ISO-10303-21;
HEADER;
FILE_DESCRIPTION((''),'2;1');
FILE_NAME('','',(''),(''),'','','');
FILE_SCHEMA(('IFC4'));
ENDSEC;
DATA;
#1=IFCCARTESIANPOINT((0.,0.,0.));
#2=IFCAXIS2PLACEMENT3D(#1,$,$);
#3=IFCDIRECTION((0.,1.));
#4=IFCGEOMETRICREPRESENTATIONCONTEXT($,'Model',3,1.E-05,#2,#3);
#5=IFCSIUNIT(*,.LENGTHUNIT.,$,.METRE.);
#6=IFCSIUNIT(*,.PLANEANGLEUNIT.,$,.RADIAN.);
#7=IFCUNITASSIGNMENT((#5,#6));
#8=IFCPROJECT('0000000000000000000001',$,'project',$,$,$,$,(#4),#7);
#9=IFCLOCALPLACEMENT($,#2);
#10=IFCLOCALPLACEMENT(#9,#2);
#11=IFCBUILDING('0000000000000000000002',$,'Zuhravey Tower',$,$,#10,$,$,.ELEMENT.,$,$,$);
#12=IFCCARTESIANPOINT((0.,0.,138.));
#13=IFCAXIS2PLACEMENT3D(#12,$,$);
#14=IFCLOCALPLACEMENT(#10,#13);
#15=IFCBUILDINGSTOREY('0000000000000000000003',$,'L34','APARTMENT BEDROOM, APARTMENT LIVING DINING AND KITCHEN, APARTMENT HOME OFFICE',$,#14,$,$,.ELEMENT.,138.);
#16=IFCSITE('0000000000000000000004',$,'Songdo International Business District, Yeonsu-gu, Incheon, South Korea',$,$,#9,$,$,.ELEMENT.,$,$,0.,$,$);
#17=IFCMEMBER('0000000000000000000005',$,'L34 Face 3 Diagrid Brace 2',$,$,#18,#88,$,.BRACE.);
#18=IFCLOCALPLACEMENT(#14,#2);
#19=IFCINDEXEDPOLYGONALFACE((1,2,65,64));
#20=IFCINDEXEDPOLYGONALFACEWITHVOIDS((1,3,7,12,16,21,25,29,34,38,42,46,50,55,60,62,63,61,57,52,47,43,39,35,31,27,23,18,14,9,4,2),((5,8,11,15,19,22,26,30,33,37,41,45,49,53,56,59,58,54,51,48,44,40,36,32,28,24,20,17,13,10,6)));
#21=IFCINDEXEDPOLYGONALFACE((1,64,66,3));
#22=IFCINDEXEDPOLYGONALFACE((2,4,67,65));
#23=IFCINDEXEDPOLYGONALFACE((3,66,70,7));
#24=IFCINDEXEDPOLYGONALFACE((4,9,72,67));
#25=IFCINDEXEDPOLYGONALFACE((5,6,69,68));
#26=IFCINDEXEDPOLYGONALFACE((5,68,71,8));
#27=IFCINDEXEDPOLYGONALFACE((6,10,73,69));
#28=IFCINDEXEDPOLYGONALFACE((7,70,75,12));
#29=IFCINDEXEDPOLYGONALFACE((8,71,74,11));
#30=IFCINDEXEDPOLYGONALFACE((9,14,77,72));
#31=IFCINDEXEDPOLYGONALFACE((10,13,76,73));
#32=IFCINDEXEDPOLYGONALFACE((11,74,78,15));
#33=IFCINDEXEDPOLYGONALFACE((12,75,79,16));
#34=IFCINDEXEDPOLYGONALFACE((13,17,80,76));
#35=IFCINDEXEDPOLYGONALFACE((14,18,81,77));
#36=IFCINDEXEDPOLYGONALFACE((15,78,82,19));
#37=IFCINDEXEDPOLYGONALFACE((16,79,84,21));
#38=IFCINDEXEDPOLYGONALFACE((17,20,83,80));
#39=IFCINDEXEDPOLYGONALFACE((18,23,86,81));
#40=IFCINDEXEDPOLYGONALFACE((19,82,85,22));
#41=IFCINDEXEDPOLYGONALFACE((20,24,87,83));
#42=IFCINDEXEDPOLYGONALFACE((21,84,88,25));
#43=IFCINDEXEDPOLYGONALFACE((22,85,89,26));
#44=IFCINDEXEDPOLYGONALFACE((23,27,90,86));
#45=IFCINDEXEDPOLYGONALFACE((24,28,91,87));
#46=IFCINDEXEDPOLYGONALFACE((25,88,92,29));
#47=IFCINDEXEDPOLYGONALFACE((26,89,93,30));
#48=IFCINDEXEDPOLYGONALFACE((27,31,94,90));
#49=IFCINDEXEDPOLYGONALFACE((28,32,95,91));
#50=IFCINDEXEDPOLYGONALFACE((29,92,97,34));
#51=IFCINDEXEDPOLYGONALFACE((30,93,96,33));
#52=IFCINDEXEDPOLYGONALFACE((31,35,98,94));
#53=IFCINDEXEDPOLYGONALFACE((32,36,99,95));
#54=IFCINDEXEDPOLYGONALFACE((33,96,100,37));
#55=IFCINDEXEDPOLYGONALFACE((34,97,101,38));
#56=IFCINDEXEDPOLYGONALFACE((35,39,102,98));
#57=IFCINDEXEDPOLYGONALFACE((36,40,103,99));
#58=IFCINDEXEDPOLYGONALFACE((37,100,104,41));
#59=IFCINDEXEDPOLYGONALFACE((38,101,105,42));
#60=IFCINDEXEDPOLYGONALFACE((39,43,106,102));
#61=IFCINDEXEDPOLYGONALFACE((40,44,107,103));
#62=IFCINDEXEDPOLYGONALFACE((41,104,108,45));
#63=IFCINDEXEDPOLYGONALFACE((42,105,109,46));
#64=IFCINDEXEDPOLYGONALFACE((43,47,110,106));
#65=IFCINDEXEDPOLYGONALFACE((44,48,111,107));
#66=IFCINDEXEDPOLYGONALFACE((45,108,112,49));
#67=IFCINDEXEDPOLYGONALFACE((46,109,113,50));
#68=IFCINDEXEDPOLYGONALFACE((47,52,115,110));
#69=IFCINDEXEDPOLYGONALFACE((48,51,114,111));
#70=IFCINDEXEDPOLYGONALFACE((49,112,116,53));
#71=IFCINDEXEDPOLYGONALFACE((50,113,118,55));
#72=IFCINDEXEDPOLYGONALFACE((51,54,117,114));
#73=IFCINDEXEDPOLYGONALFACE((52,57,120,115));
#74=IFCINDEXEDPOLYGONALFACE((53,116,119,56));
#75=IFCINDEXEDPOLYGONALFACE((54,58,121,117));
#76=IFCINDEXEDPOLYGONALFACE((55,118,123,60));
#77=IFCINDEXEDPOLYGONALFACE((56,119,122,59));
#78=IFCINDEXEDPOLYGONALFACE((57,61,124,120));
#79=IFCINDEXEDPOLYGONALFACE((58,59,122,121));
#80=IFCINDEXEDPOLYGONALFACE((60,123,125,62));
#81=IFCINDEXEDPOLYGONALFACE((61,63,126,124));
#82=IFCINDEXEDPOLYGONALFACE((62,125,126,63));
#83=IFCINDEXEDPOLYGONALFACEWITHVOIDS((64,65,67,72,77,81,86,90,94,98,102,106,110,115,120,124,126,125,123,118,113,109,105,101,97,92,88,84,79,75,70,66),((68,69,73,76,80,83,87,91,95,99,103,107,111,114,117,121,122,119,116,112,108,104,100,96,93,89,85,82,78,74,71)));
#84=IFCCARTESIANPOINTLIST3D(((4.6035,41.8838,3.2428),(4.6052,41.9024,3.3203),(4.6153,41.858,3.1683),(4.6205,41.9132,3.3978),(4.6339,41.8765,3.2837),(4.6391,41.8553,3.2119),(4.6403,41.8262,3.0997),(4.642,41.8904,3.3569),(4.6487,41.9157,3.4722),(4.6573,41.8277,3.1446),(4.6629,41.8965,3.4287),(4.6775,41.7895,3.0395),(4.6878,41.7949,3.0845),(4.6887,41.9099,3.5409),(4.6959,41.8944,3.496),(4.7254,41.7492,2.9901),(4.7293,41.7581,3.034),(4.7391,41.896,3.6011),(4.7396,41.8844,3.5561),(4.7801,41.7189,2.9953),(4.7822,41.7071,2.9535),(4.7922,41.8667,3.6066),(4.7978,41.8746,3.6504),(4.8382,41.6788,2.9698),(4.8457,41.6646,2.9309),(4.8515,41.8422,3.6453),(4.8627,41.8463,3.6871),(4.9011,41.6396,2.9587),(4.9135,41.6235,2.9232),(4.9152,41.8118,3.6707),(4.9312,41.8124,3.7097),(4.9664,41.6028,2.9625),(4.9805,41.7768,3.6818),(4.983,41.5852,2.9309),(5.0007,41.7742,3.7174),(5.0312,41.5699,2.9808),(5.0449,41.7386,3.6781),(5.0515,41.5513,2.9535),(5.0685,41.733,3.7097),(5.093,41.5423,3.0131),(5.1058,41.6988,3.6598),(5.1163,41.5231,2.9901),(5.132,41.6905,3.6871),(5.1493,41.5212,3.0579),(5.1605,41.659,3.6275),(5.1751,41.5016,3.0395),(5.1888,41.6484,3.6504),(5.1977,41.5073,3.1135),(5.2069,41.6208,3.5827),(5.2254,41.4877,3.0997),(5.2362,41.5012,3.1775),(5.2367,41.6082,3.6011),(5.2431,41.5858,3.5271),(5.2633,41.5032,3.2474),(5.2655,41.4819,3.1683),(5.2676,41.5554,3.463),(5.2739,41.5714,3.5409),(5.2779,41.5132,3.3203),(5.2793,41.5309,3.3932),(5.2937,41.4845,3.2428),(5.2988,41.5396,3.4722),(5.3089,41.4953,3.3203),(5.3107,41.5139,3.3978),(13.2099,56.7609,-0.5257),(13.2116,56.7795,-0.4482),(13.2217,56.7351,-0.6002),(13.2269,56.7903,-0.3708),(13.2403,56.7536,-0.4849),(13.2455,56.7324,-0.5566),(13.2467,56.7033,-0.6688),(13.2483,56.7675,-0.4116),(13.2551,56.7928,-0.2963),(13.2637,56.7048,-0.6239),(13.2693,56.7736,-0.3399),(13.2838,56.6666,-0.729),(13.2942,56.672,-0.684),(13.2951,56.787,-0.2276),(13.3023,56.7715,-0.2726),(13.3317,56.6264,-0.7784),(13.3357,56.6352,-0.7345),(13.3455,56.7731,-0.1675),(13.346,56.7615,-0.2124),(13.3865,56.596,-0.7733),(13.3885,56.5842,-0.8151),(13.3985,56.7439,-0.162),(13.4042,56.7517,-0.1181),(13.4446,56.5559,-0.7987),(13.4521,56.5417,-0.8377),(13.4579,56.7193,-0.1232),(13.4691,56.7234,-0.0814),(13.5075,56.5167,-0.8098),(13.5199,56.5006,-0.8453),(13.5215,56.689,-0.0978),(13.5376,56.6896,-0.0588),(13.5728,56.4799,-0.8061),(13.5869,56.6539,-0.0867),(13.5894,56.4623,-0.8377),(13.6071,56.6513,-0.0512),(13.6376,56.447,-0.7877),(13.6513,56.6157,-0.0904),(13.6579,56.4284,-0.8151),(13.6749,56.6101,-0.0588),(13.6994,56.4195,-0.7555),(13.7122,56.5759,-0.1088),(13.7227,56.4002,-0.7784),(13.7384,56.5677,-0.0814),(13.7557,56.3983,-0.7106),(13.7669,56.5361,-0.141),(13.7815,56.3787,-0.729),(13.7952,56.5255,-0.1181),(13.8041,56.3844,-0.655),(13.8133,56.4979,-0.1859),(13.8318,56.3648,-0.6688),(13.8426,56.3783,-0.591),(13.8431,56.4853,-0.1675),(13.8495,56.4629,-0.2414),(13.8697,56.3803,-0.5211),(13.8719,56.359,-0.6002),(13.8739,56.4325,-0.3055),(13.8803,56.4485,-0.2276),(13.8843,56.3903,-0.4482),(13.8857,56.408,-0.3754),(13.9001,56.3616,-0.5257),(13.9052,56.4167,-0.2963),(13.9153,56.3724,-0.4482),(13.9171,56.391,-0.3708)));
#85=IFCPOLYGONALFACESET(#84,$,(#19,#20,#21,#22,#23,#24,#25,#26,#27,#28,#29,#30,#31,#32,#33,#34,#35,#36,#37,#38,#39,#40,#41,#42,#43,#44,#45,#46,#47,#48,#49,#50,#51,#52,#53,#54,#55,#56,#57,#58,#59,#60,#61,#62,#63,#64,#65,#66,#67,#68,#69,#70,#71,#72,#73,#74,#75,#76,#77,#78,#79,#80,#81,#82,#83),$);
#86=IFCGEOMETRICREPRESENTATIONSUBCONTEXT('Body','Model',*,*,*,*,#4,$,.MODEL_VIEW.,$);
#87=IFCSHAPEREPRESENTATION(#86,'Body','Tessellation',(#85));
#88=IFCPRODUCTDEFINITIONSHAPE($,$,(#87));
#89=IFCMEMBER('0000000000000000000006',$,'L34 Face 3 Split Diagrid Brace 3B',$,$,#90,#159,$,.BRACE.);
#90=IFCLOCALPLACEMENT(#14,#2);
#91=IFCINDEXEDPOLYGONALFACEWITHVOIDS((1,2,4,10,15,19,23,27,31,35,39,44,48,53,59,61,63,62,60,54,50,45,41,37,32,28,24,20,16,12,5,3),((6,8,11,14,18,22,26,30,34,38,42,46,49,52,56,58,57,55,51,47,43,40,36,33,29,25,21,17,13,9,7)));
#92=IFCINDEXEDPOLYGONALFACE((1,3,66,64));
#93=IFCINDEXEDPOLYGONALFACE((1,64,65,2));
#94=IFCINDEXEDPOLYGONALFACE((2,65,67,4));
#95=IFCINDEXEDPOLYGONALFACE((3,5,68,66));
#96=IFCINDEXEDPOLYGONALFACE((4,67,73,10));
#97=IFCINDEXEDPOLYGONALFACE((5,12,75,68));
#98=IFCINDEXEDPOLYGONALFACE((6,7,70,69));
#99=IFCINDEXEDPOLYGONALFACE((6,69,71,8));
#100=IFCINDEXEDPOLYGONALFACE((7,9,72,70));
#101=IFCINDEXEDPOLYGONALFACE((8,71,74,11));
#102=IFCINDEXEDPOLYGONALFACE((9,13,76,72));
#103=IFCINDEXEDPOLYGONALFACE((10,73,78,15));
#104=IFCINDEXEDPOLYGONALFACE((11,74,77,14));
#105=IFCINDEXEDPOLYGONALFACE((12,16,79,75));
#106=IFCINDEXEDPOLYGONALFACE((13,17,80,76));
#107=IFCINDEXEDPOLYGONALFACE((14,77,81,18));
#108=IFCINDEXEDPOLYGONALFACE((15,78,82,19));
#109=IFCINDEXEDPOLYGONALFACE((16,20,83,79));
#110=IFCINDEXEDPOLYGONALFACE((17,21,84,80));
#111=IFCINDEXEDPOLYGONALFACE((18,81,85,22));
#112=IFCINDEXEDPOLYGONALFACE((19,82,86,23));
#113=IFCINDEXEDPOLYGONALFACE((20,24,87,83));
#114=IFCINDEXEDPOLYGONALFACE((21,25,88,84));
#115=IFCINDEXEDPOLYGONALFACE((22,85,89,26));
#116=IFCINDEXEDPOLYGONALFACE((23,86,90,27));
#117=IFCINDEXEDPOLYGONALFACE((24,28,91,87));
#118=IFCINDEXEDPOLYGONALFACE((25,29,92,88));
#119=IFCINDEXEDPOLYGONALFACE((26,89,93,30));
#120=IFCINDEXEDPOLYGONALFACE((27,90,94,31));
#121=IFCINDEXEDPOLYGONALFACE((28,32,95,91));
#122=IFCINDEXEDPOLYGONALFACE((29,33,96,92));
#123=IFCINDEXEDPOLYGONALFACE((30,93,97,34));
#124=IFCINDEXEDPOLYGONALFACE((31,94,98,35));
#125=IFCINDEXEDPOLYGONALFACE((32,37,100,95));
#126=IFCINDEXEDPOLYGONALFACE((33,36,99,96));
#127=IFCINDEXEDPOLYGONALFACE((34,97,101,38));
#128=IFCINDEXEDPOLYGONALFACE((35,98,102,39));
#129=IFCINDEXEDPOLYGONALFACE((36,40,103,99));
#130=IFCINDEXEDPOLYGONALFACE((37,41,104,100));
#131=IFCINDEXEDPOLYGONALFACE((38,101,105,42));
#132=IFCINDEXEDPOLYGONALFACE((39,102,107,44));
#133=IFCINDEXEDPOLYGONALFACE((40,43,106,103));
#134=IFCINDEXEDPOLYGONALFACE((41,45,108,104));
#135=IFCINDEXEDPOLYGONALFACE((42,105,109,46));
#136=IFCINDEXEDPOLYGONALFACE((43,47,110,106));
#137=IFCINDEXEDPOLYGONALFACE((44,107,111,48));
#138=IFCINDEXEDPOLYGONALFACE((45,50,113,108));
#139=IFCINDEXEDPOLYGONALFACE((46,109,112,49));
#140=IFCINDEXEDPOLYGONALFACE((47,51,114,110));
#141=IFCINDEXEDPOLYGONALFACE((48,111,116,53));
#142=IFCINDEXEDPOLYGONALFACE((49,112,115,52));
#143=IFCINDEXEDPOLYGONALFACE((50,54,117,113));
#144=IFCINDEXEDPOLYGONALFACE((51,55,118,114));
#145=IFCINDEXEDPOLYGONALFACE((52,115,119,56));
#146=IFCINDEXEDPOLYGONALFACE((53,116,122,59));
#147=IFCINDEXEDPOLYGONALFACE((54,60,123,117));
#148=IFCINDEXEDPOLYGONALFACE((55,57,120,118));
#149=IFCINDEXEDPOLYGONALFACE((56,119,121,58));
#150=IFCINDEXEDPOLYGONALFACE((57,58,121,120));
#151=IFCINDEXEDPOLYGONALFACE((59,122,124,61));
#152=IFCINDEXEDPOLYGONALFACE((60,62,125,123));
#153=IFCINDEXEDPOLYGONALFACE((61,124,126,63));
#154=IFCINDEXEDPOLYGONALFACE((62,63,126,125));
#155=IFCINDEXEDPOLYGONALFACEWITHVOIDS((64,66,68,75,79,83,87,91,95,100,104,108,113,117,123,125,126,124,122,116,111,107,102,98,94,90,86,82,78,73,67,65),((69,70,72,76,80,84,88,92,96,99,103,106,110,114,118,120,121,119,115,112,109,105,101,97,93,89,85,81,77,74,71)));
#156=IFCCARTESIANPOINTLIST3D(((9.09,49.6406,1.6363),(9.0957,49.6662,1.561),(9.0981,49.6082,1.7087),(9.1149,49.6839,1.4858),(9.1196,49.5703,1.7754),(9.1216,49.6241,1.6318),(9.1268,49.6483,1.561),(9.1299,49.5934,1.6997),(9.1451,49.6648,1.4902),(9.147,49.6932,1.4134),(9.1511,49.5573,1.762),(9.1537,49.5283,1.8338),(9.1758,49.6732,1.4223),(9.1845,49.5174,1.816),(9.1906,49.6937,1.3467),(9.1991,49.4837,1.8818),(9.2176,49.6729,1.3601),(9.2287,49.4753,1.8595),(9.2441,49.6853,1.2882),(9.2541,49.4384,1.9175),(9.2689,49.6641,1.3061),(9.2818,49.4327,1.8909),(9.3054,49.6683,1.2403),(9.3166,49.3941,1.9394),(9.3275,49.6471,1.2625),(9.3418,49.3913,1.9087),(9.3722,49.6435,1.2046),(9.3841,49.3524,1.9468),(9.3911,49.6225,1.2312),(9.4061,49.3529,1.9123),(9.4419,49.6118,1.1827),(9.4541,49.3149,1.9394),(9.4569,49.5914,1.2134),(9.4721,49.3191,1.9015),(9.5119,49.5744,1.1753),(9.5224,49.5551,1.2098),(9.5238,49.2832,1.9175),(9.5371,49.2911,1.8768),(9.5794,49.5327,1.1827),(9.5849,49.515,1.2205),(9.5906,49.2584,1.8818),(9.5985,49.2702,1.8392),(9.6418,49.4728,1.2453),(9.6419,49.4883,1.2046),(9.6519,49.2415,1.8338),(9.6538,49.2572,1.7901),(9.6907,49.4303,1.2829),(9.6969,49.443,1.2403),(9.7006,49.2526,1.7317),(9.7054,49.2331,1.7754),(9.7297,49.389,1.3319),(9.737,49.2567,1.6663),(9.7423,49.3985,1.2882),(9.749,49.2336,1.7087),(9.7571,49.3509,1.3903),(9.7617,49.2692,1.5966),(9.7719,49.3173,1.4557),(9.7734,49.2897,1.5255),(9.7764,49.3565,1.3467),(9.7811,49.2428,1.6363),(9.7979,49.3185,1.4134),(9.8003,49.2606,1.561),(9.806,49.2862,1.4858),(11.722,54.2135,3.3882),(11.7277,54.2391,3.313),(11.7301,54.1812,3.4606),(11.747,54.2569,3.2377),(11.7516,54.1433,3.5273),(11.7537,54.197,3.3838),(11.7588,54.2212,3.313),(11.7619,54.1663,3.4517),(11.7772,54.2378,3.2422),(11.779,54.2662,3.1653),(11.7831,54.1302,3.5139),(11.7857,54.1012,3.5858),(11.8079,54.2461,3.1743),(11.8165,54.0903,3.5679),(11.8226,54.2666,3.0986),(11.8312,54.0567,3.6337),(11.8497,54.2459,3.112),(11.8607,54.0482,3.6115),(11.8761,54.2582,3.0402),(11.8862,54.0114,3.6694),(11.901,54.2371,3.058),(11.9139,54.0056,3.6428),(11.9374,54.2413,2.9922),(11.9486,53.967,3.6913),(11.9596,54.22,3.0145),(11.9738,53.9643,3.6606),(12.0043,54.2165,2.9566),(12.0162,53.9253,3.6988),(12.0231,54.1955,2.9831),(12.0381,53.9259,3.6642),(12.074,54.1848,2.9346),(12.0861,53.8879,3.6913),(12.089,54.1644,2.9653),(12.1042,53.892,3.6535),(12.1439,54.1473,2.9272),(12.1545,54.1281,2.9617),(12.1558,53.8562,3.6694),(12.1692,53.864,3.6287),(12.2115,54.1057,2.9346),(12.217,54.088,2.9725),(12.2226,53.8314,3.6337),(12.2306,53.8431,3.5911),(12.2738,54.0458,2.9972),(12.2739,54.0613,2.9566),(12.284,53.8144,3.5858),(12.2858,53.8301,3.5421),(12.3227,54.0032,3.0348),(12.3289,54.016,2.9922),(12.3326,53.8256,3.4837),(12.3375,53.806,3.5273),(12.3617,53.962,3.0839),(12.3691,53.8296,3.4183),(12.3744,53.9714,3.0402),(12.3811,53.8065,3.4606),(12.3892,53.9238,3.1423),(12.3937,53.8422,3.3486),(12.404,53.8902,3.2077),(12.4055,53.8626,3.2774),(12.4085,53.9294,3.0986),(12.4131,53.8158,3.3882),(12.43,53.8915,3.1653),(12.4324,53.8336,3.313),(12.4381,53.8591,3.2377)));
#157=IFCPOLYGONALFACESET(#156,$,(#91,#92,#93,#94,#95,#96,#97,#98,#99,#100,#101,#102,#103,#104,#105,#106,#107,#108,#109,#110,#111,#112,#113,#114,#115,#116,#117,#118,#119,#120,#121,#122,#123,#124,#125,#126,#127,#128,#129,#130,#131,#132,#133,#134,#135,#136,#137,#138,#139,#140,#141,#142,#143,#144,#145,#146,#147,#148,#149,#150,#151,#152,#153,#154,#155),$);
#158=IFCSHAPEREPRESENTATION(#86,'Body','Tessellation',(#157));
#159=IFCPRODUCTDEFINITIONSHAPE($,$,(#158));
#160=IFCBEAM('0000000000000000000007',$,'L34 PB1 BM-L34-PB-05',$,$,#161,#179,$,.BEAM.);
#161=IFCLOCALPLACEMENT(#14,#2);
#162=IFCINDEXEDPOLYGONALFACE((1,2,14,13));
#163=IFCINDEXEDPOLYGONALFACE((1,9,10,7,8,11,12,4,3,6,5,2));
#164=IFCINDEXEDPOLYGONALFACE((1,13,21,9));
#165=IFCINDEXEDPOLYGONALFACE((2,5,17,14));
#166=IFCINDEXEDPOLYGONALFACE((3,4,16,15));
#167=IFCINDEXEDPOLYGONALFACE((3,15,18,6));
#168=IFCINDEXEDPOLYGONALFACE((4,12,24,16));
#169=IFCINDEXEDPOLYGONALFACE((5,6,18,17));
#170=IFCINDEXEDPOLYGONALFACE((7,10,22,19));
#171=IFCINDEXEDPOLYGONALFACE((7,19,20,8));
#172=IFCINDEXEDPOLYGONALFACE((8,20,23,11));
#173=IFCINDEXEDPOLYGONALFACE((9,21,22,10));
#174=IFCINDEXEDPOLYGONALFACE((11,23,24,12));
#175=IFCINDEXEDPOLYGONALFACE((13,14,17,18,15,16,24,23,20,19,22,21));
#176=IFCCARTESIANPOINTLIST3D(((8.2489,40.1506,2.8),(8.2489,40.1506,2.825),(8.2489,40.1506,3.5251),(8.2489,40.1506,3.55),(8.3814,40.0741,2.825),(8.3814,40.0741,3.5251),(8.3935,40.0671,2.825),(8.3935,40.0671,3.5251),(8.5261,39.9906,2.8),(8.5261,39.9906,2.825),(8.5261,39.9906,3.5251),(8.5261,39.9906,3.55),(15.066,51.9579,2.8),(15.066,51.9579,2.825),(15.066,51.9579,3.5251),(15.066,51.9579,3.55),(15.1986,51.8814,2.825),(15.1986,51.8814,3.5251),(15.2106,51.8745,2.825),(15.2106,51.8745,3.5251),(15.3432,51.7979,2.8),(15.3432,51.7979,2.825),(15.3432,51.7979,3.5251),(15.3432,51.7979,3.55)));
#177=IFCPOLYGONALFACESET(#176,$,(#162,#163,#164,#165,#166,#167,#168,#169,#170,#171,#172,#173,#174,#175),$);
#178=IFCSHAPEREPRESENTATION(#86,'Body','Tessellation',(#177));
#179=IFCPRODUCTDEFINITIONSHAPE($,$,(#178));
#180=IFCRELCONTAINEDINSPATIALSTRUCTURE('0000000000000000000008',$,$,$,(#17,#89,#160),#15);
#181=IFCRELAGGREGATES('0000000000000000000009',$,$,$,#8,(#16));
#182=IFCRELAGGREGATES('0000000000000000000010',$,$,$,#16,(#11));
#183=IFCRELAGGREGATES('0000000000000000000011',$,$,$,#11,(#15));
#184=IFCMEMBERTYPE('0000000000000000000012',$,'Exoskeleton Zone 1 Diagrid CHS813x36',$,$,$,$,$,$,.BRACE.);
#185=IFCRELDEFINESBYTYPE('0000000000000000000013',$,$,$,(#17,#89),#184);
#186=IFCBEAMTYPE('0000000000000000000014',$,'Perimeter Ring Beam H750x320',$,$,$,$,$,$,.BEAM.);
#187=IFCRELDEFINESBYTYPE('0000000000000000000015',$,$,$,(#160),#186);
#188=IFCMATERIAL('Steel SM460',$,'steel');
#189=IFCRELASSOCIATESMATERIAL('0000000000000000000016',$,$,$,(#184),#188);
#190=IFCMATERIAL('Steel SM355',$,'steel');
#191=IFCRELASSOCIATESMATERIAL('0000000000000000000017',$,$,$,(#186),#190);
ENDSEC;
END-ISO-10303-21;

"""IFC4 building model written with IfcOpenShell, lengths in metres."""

from ifc_helpers import new_model, si_unit, direction, frame, origin, origin_2d, place, context, subcontext, project, spatial, hollow_circle, i_section, extrude, material, material_profile, profile_set, type_object, element, save


model = new_model("IFC4")

# Units and contexts
model_context = context("Model", 3, precision=1e-05, world=origin(), true_north=direction((0.0, 1.0)))
body_context = subcontext(model_context, "Body", "Model", "MODEL_VIEW")
ifc_project = project(units=[si_unit("LENGTHUNIT", "METRE"), si_unit("PLANEANGLEUNIT", "RADIAN")], contexts=[model_context])

# Site, building, storey
site_placement = place(None, origin())
site = spatial("IfcSite", under=ifc_project, at=site_placement, Name="Songdo International Business District, Yeonsu-gu, Incheon, South Korea", CompositionType="ELEMENT", RefElevation=0.0)
building_placement = place(site_placement, origin())
building = spatial("IfcBuilding", under=site, at=building_placement, Name="Zuhravey Tower", CompositionType="ELEMENT")
storey_placement = place(building_placement, frame((0.0, 0.0, 138.0)))
storey = spatial("IfcBuildingStorey", under=building, at=storey_placement, Name="L34", Description="APARTMENT BEDROOM, APARTMENT LIVING DINING AND KITCHEN, APARTMENT HOME OFFICE", CompositionType="ELEMENT", Elevation=138.0)

# Shared definitions
ifc_material_1 = material(Name="Steel SM460", Category="steel")

# Members
ifc_material_2 = material(Name="Steel SM355", Category="steel")
ifc_material_profile_1 = material_profile(ifc_material_1, hollow_circle(Radius=0.4065, WallThickness=0.0359, at=origin_2d()), Name="CHS-812.8x36")
ifc_profile_set_1 = profile_set([ifc_material_profile_1], Name="Steel SM460")
member_type_1 = type_object("IfcMemberType", Name="Exoskeleton Zone 1 Diagrid CHS813x36", PredefinedType="BRACE", material=ifc_profile_set_1)
member_1_placement = place(storey_placement, frame((13.5635, 56.5759, -0.4482), z_axis=(-0.489126, -0.845508, 0.214176), x_axis=(0.865594, -0.500746, 0.0)))
element("IfcMember", 1, at=member_1_placement, inside=storey, type_object=member_type_1, Name="L34 Face 3 Diagrid Brace 2", PredefinedType="BRACE", context=body_context, shape_type="SweptSolid", body=[
    extrude(hollow_circle(Radius=0.4065, WallThickness=0.0359, at=origin_2d()), origin(), (0.0, 0.0, 1.0), 17.5955),
])
member_2_placement = place(storey_placement, frame((9.448, 49.4634, 1.561), z_axis=(0.473427, 0.822536, 0.31512), x_axis=(-0.866693, 0.498842, 0.0)))
element("IfcMember", 2, at=member_2_placement, inside=storey, type_object=member_type_1, Name="L34 Face 3 Split Diagrid Brace 3B", PredefinedType="BRACE", context=body_context, shape_type="SweptSolid", body=[
    extrude(hollow_circle(Radius=0.4065, WallThickness=0.0359, at=origin_2d()), origin(), (0.0, 0.0, 1.0), 5.5596),
])

# Beam
ifc_material_profile_2 = material_profile(ifc_material_2, i_section(OverallWidth=0.3201, OverallDepth=0.75, WebThickness=0.0139, FlangeThickness=0.0249, at=origin_2d()), Name="H-750x320x14x25")
ifc_profile_set_2 = profile_set([ifc_material_profile_2], Name="Steel SM355")
beam_type_1 = type_object("IfcBeamType", Name="Perimeter Ring Beam H750x320", PredefinedType="BEAM", material=ifc_profile_set_2)
beam_1_placement = place(storey_placement, frame((15.2046, 51.8779, 3.175), z_axis=(-0.500008, -0.866021, 0.0), x_axis=(0.866021, -0.500008, 0.0)))
element("IfcBeam", 3, at=beam_1_placement, inside=storey, type_object=beam_type_1, Name="L34 PB1 BM-L34-PB-05", PredefinedType="BEAM", context=body_context, shape_type="SweptSolid", body=[
    extrude(i_section(OverallWidth=0.3201, OverallDepth=0.75, WebThickness=0.0139, FlangeThickness=0.0249, at=origin_2d()), origin(), (0.0, 0.0, 1.0), 13.634),
])

save(model, "model.ifc")
